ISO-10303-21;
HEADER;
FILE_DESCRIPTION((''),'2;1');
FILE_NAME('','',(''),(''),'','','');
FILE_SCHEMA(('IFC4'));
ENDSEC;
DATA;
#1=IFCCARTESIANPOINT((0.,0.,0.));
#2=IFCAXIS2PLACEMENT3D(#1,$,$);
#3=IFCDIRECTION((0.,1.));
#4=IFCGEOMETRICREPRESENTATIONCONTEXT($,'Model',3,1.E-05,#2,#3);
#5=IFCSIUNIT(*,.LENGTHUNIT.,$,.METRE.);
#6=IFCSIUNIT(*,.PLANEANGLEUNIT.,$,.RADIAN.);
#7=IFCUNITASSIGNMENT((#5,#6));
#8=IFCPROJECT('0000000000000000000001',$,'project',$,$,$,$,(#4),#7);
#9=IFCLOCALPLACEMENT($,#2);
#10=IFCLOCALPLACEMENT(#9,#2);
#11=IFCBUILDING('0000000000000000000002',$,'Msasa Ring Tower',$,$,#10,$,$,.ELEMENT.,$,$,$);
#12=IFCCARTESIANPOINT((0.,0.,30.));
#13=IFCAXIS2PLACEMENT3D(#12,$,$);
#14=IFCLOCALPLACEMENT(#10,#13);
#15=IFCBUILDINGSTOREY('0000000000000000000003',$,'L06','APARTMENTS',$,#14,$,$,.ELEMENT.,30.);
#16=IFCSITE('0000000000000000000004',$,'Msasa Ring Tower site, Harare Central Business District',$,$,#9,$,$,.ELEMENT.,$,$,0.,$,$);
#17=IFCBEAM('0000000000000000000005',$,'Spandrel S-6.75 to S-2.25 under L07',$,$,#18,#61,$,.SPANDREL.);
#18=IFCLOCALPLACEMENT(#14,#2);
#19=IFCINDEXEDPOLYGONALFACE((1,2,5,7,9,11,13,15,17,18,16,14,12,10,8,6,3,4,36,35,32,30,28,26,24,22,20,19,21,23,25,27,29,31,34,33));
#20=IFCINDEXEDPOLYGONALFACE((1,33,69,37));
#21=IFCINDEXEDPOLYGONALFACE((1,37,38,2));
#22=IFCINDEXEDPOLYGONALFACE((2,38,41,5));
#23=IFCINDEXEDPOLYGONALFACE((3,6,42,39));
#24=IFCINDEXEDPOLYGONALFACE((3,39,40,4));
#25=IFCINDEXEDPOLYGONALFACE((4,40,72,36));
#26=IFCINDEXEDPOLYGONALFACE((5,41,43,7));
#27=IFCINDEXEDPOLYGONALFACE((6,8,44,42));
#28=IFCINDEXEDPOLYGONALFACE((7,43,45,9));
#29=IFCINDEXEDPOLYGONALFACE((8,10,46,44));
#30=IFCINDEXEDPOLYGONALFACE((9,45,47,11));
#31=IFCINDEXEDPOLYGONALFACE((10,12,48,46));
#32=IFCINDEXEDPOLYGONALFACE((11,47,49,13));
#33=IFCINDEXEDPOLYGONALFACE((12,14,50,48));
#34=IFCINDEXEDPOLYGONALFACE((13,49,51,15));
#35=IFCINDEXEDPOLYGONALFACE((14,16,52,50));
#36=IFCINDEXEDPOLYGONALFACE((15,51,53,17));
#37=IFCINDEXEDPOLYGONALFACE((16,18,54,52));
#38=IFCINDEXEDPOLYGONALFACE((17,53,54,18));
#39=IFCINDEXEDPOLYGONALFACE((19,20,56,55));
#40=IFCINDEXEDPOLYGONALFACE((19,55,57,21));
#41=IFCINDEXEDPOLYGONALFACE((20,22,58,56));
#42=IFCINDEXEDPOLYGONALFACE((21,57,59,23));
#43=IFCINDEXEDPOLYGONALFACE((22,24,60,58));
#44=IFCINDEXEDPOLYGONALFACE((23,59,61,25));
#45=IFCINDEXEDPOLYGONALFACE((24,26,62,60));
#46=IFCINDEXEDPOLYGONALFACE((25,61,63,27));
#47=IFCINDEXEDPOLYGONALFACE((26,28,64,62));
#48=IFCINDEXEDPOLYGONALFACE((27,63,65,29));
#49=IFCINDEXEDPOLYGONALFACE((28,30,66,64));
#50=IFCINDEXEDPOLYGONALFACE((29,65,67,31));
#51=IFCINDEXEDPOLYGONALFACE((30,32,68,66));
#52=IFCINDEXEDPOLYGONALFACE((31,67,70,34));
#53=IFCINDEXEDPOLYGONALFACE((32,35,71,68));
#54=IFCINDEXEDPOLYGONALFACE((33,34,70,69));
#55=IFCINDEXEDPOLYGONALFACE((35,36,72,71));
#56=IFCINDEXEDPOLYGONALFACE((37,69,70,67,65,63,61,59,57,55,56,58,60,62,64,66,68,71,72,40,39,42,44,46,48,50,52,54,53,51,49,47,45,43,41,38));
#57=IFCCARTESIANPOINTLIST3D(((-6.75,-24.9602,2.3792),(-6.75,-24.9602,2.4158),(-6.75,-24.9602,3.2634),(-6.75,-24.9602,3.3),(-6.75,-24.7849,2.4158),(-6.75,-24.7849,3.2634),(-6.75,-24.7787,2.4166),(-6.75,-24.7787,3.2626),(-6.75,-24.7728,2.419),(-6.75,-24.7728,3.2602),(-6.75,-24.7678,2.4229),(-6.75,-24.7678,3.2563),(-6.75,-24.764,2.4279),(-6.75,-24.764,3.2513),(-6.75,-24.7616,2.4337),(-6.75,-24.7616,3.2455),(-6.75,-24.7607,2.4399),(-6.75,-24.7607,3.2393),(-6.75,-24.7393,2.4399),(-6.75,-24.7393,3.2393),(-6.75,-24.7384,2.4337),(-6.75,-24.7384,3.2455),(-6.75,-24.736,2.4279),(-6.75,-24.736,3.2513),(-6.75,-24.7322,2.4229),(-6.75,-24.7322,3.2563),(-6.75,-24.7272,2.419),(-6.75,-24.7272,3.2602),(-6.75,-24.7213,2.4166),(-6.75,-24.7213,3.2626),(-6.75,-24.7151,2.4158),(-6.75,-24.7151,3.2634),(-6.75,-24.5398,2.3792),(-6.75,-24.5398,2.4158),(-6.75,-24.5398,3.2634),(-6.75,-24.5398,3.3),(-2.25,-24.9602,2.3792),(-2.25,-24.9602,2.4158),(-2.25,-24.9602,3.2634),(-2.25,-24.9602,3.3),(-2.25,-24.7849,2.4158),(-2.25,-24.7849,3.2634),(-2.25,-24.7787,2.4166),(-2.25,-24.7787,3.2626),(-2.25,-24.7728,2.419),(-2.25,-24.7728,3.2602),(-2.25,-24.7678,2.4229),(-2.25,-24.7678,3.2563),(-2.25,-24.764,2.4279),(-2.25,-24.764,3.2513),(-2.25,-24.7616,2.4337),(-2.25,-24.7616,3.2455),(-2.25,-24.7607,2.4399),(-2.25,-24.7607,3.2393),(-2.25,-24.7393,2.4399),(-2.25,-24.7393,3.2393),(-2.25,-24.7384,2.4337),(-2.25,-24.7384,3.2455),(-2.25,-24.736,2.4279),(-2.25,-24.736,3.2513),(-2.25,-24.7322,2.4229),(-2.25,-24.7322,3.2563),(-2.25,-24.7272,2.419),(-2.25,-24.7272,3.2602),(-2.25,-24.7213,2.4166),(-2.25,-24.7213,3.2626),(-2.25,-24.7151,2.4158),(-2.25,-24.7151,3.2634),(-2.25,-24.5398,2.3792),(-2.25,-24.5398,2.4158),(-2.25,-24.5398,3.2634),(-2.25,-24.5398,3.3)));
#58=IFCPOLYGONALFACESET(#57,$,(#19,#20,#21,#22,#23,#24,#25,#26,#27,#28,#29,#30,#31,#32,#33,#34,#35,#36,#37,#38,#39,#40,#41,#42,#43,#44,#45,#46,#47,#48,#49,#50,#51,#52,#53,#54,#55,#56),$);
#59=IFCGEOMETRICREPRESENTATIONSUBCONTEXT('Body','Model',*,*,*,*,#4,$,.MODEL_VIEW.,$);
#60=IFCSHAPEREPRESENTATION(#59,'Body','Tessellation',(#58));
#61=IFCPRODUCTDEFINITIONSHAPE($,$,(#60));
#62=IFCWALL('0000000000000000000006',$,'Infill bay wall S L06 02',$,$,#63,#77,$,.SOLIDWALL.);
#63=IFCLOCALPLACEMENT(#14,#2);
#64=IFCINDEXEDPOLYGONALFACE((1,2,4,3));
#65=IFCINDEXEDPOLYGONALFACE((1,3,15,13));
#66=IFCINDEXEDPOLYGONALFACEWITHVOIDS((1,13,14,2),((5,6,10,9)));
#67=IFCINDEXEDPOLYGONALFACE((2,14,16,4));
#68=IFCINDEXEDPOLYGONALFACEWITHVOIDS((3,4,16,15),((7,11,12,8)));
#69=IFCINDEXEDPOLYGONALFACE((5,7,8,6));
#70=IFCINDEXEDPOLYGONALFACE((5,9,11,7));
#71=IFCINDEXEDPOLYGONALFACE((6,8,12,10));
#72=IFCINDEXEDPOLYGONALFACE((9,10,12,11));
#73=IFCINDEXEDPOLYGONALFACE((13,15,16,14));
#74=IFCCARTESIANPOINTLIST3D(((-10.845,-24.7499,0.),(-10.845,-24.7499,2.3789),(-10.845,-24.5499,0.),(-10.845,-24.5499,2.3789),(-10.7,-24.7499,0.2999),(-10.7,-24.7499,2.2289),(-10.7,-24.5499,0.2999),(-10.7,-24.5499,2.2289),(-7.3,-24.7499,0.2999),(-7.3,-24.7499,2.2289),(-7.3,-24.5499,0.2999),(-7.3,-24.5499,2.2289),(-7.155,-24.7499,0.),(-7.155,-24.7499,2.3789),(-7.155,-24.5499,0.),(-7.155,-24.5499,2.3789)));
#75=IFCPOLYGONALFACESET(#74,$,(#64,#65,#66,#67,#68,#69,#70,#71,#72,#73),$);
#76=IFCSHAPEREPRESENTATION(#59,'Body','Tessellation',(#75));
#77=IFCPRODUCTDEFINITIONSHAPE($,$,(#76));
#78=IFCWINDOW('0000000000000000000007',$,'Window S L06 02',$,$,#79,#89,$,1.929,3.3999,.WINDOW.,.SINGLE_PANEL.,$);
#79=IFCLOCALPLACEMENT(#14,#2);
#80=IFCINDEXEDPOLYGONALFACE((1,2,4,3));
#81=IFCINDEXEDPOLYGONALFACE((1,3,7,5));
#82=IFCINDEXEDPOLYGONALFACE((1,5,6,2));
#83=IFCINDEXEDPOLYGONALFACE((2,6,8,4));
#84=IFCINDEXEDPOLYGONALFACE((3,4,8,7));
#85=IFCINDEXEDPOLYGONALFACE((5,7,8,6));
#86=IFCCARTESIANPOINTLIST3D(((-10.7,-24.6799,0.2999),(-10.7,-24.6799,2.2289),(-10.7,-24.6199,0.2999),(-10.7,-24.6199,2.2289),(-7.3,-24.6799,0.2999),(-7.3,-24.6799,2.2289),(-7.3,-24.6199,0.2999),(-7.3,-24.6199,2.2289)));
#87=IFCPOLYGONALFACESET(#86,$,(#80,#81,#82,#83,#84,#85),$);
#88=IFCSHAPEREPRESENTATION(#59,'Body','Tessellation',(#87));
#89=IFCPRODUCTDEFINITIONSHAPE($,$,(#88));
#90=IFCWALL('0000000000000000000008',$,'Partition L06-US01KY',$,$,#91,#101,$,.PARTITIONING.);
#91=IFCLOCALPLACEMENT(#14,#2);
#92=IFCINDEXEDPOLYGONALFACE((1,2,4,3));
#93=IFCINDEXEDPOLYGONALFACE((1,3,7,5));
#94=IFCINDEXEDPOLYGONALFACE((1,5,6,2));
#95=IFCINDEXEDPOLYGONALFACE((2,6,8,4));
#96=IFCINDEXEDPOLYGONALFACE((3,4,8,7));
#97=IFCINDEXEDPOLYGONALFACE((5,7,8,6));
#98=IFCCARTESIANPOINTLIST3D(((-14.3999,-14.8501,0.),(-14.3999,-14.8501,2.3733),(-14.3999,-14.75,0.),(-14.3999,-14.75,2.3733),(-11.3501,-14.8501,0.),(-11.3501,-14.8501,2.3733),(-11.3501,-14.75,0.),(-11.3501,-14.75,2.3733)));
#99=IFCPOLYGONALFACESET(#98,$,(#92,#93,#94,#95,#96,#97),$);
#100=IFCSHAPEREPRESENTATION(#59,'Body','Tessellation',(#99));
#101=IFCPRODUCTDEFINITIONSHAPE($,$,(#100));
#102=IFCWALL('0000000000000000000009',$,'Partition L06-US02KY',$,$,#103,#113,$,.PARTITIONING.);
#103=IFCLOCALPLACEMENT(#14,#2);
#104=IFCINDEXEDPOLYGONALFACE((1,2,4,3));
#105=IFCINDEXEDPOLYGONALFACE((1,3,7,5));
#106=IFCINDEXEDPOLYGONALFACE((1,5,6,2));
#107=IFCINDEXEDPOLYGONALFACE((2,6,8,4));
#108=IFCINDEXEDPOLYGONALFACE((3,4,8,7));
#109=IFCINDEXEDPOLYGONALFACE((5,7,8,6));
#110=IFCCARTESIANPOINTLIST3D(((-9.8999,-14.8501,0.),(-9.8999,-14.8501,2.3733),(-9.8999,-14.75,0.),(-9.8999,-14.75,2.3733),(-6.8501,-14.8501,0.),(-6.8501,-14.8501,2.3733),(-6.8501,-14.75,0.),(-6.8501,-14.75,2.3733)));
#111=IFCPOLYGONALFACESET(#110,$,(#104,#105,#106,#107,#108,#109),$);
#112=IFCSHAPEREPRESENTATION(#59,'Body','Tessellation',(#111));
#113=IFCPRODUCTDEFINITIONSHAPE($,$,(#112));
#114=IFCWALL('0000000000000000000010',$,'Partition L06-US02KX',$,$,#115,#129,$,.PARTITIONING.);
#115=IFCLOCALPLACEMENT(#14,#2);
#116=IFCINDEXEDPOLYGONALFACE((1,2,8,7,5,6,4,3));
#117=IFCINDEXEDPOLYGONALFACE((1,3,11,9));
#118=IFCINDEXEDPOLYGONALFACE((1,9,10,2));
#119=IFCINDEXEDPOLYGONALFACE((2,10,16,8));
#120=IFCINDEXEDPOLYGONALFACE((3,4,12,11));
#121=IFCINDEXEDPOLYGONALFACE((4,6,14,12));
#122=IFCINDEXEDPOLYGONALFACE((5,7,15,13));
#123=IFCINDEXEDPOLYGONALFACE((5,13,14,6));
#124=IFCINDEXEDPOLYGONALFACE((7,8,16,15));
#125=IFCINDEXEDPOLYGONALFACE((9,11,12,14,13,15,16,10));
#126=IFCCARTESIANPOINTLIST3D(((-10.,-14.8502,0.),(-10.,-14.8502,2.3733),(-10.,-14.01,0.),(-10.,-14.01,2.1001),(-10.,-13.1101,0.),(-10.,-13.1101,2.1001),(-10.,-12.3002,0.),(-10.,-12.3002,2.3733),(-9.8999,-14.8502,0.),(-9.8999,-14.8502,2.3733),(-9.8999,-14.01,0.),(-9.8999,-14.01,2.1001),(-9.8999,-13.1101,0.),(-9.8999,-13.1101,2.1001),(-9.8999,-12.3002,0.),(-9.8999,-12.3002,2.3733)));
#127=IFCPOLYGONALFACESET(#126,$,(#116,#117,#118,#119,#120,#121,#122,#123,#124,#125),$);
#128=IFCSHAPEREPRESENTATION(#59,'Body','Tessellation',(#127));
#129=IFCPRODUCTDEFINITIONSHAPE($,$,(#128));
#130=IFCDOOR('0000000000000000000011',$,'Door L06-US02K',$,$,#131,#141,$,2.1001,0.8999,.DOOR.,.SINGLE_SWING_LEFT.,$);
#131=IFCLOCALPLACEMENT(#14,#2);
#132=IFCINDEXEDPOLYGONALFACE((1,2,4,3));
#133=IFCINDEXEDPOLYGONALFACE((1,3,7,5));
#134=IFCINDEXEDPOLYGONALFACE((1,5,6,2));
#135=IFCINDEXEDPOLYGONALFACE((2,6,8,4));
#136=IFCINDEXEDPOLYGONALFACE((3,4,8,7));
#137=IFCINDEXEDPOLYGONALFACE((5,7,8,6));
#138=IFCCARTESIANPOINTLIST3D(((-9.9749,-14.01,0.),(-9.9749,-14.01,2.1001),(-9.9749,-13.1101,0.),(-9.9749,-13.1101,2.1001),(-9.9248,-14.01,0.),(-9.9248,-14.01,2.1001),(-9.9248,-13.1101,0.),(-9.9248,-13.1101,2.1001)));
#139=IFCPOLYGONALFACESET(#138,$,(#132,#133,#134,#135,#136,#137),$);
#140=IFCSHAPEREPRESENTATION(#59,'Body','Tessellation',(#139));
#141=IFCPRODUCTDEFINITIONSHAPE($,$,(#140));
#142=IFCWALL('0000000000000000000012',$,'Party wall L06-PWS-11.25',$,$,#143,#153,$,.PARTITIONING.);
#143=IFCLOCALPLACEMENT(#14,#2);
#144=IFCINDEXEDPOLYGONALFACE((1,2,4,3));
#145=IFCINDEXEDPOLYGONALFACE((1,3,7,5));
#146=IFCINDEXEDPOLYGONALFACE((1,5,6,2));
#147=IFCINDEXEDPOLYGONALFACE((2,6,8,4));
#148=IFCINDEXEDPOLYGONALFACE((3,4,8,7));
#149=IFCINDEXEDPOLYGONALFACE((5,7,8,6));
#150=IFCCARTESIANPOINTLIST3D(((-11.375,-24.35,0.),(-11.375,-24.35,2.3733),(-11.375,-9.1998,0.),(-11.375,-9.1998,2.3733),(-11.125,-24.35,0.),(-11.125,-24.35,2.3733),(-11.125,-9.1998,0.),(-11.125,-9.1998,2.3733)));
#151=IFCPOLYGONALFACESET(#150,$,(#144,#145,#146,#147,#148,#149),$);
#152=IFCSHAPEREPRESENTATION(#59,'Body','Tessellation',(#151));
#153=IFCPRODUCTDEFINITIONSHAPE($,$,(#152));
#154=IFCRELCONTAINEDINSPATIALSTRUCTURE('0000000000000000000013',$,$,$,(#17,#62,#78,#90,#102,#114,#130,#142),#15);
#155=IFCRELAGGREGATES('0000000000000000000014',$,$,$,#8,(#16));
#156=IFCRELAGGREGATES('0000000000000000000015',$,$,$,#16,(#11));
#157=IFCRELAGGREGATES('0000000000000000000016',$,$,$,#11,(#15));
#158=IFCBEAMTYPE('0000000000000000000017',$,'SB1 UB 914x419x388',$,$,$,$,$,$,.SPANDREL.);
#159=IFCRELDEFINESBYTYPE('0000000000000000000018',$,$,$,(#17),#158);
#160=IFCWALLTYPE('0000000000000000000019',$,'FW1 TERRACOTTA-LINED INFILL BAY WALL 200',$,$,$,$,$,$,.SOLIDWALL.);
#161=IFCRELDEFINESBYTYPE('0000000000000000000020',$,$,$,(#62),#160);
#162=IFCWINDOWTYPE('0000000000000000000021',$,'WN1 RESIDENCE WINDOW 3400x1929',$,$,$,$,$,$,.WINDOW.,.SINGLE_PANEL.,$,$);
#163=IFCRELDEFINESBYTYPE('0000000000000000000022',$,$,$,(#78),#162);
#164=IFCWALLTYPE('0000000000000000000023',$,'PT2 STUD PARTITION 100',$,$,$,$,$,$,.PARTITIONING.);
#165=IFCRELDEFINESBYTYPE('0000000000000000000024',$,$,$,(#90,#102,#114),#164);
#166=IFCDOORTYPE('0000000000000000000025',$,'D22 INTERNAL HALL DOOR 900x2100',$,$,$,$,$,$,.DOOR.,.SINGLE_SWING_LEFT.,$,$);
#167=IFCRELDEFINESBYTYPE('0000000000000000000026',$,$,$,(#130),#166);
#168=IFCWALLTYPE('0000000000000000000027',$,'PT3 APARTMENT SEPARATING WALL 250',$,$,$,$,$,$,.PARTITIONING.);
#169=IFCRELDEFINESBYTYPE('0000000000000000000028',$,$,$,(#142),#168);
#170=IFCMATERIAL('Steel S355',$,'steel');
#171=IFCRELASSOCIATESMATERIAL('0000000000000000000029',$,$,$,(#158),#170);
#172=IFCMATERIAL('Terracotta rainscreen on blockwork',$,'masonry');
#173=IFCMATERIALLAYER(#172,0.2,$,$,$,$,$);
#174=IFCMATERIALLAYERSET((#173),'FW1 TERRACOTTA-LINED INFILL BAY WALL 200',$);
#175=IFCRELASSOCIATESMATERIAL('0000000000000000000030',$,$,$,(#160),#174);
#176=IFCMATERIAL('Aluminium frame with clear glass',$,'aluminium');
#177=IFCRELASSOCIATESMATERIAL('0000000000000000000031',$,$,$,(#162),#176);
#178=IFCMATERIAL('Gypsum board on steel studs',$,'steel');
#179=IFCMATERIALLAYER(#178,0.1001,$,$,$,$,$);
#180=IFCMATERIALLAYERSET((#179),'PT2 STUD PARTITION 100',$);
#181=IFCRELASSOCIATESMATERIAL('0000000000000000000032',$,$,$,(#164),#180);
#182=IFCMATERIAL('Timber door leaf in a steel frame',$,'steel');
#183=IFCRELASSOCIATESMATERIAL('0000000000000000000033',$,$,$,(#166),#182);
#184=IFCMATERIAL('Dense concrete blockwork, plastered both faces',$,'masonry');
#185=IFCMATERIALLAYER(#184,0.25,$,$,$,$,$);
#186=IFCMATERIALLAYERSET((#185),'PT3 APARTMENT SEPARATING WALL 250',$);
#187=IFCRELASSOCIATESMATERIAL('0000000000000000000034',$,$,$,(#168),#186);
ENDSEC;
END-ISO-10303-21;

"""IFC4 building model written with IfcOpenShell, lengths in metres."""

from ifc_helpers import new_model, si_unit, direction, frame, frame_2d, origin, origin_2d, place, context, subcontext, project, spatial, rectangle, i_section, extrude, material, layer, layer_set, material_profile, profile_set, type_object, element, fill, save


model = new_model("IFC4")

# Units and contexts
model_context = context("Model", 3, precision=1e-05, world=origin(), true_north=direction((0.0, 1.0)))
body_context = subcontext(model_context, "Body", "Model", "MODEL_VIEW")
ifc_project = project(units=[si_unit("LENGTHUNIT", "METRE"), si_unit("PLANEANGLEUNIT", "RADIAN")], contexts=[model_context])

# Site, building, storey
site_placement = place(None, origin())
site = spatial("IfcSite", under=ifc_project, at=site_placement, Name="Msasa Ring Tower site, Harare Central Business District", CompositionType="ELEMENT", RefElevation=0.0)
building_placement = place(site_placement, origin())
building = spatial("IfcBuilding", under=site, at=building_placement, Name="Msasa Ring Tower", CompositionType="ELEMENT")
storey_placement = place(building_placement, frame((0.0, 0.0, 30.0)))
storey = spatial("IfcBuildingStorey", under=building, at=storey_placement, Name="L06", Description="APARTMENTS", CompositionType="ELEMENT", Elevation=30.0)

# Beam
ifc_material_1 = material(Name="Steel S355", Category="steel")
ifc_material_profile_1 = material_profile(ifc_material_1, i_section(OverallWidth=0.4204, OverallDepth=0.9209, WebThickness=0.0215, FlangeThickness=0.0366, FilletRadius=0.0242, at=origin_2d()), Name="UB 914x419x388")
ifc_profile_set_1 = profile_set([ifc_material_profile_1], Name="Steel S355")
beam_type_1 = type_object("IfcBeamType", Name="SB1 UB 914x419x388", PredefinedType="SPANDREL", material=ifc_profile_set_1)
for number, where, z_axis, x_axis, name in (
    (1, (-6.75, -24.75, 2.8396), (1.0, 0.0, 0.0), (0.0, 1.0, 0.0), "Spandrel S-6.75 to S-2.25 under L07"),
):
    element("IfcBeam", number, at=place(storey_placement, frame(where, z_axis=z_axis, x_axis=x_axis)), inside=storey, type_object=beam_type_1, Name=name, PredefinedType="SPANDREL", context=body_context, shape_type="SweptSolid", body=[
        extrude(i_section(OverallWidth=0.4204, OverallDepth=0.9209, WebThickness=0.0215, FlangeThickness=0.0366, FilletRadius=0.0242, at=origin_2d()), origin(), (0.0, 0.0, 1.0), 4.5),
    ])

# Wall, opening, window
ifc_material_2 = material(Name="Terracotta rainscreen on blockwork", Category="masonry")
ifc_layer_1 = layer(ifc_material_2, 0.2)
ifc_layer_set_1 = layer_set([ifc_layer_1], Name="FW1 TERRACOTTA-LINED INFILL BAY WALL 200")
wall_type_1 = type_object("IfcWallType", Name="FW1 TERRACOTTA-LINED INFILL BAY WALL 200", PredefinedType="SOLIDWALL", material=ifc_layer_set_1)
wall_1_placement = place(storey_placement, frame((-10.845, -24.6499, 0.0), z_axis=(0.0, 0.0, 1.0), x_axis=(1.0, 0.0, 0.0)))
wall_1 = element("IfcWall", 2, at=wall_1_placement, inside=storey, type_object=wall_type_1, Name="Infill bay wall S L06 02", PredefinedType="SOLIDWALL", context=body_context, shape_type="SweptSolid", body=[
    extrude(rectangle(XDim=3.6899, YDim=0.2, at=frame_2d((1.845, 0.0))), origin(), (0.0, 0.0, 1.0), 2.3789),
])
opening_1_placement = place(wall_1_placement, frame((0.145, 0.0, 0.3)))
opening_1 = element("IfcOpeningElement", 3, at=opening_1_placement, cuts=wall_1, PredefinedType="OPENING", context=body_context, shape_type="SweptSolid", body=[
    extrude(rectangle(XDim=3.3999, YDim=1.929, at=frame_2d((1.7, 0.9644))), frame((0.0, 0.1099, 0.0), z_axis=(0.0, -1.0, 0.0), x_axis=(1.0, 0.0, 0.0)), (0.0, 0.0, 1.0), 0.22),
])
ifc_material_3 = material(Name="Aluminium frame with clear glass", Category="aluminium")
window_type = type_object("IfcWindowType", Name="WN1 RESIDENCE WINDOW 3400x1929", PartitioningType="SINGLE_PANEL", PredefinedType="WINDOW", material=ifc_material_3)
window_placement = place(opening_1_placement, origin())
window = element("IfcWindow", 4, at=window_placement, inside=storey, type_object=window_type, Name="Window S L06 02", OverallHeight=1.929, OverallWidth=3.3999, PartitioningType="SINGLE_PANEL", PredefinedType="WINDOW", context=body_context, shape_type="SweptSolid", body=[
    extrude(rectangle(XDim=3.3999, YDim=1.929, at=frame_2d((1.7, 0.9644))), frame((0.0, 0.03, 0.0), z_axis=(0.0, -1.0, 0.0), x_axis=(1.0, 0.0, 0.0)), (0.0, 0.0, 1.0), 0.0601),
])
fill(opening_1, window)

# Walls
ifc_material_4 = material(Name="Gypsum board on steel studs", Category="steel")
ifc_layer_2 = layer(ifc_material_4, 0.1001)
ifc_layer_set_2 = layer_set([ifc_layer_2], Name="PT2 STUD PARTITION 100")
wall_type_2 = type_object("IfcWallType", Name="PT2 STUD PARTITION 100", PredefinedType="PARTITIONING", material=ifc_layer_set_2)
for number, where, z_axis, x_axis, name in (
    (5, (-14.3999, -14.8, 0.0), (0.0, 0.0, 1.0), (1.0, 0.0, 0.0), "Partition L06-US01KY"),
    (6, (-9.8999, -14.8, 0.0), (0.0, 0.0, 1.0), (1.0, 0.0, 0.0), "Partition L06-US02KY"),
):
    element("IfcWall", number, at=place(storey_placement, frame(where, z_axis=z_axis, x_axis=x_axis)), inside=storey, type_object=wall_type_2, Name=name, PredefinedType="PARTITIONING", context=body_context, shape_type="SweptSolid", body=[
        extrude(rectangle(XDim=3.0498, YDim=0.1001, at=frame_2d((1.5249, 0.0))), origin(), (0.0, 0.0, 1.0), 2.3733),
    ])

# Wall, opening, door
wall_2_placement = place(storey_placement, frame((-9.95, -14.8501, 0.0), z_axis=(0.0, 0.0, 1.0), x_axis=(0.0, 1.0, 0.0)))
wall_2 = element("IfcWall", 7, at=wall_2_placement, inside=storey, type_object=wall_type_2, Name="Partition L06-US02KX", PredefinedType="PARTITIONING", context=body_context, shape_type="SweptSolid", body=[
    extrude(rectangle(XDim=2.55, YDim=0.1001, at=frame_2d((1.2749, 0.0))), origin(), (0.0, 0.0, 1.0), 2.3733),
])
opening_2_placement = place(wall_2_placement, frame((0.8401, 0.0, 0.0)))
opening_2 = element("IfcOpeningElement", 8, at=opening_2_placement, cuts=wall_2, PredefinedType="OPENING", context=body_context, shape_type="SweptSolid", body=[
    extrude(rectangle(XDim=0.8999, YDim=2.1001, at=frame_2d((0.45, 1.05))), frame((0.0, 0.0601, 0.0), z_axis=(0.0, -1.0, 0.0), x_axis=(1.0, 0.0, 0.0)), (0.0, 0.0, 1.0), 0.1201),
])
ifc_material_5 = material(Name="Timber door leaf in a steel frame", Category="steel")
door_type_1 = type_object("IfcDoorType", Name="D22 INTERNAL HALL DOOR 900x2100", OperationType="SINGLE_SWING_LEFT", PredefinedType="DOOR", material=ifc_material_5)
door_1_placement = place(opening_2_placement, origin())
door_1 = element("IfcDoor", 9, at=door_1_placement, inside=storey, type_object=door_type_1, Name="Door L06-US02K", OperationType="SINGLE_SWING_LEFT", OverallHeight=2.1001, OverallWidth=0.8999, PredefinedType="DOOR", context=body_context, shape_type="SweptSolid", body=[
    extrude(rectangle(XDim=0.8999, YDim=2.1001, at=frame_2d((0.45, 1.05))), frame((0.0, 0.0249, 0.0), z_axis=(0.0, -1.0, 0.0), x_axis=(1.0, 0.0, 0.0)), (0.0, 0.0, 1.0), 0.05),
])
fill(opening_2, door_1)

# Wall
ifc_material_6 = material(Name="Dense concrete blockwork, plastered both faces", Category="masonry")
ifc_layer_3 = layer(ifc_material_6, 0.25)
ifc_layer_set_3 = layer_set([ifc_layer_3], Name="PT3 APARTMENT SEPARATING WALL 250")
wall_type_3 = type_object("IfcWallType", Name="PT3 APARTMENT SEPARATING WALL 250", PredefinedType="PARTITIONING", material=ifc_layer_set_3)
wall_3_placement = place(storey_placement, frame((-11.25, -24.3501, 0.0), z_axis=(0.0, 0.0, 1.0), x_axis=(0.0, 1.0, 0.0)))
element("IfcWall", 10, at=wall_3_placement, inside=storey, type_object=wall_type_3, Name="Party wall L06-PWS-11.25", PredefinedType="PARTITIONING", context=body_context, shape_type="SweptSolid", body=[
    extrude(rectangle(XDim=15.1501, YDim=0.25, at=frame_2d((7.5752, 0.0))), origin(), (0.0, 0.0, 1.0), 2.3733),
])

save(model, "model.ifc")
